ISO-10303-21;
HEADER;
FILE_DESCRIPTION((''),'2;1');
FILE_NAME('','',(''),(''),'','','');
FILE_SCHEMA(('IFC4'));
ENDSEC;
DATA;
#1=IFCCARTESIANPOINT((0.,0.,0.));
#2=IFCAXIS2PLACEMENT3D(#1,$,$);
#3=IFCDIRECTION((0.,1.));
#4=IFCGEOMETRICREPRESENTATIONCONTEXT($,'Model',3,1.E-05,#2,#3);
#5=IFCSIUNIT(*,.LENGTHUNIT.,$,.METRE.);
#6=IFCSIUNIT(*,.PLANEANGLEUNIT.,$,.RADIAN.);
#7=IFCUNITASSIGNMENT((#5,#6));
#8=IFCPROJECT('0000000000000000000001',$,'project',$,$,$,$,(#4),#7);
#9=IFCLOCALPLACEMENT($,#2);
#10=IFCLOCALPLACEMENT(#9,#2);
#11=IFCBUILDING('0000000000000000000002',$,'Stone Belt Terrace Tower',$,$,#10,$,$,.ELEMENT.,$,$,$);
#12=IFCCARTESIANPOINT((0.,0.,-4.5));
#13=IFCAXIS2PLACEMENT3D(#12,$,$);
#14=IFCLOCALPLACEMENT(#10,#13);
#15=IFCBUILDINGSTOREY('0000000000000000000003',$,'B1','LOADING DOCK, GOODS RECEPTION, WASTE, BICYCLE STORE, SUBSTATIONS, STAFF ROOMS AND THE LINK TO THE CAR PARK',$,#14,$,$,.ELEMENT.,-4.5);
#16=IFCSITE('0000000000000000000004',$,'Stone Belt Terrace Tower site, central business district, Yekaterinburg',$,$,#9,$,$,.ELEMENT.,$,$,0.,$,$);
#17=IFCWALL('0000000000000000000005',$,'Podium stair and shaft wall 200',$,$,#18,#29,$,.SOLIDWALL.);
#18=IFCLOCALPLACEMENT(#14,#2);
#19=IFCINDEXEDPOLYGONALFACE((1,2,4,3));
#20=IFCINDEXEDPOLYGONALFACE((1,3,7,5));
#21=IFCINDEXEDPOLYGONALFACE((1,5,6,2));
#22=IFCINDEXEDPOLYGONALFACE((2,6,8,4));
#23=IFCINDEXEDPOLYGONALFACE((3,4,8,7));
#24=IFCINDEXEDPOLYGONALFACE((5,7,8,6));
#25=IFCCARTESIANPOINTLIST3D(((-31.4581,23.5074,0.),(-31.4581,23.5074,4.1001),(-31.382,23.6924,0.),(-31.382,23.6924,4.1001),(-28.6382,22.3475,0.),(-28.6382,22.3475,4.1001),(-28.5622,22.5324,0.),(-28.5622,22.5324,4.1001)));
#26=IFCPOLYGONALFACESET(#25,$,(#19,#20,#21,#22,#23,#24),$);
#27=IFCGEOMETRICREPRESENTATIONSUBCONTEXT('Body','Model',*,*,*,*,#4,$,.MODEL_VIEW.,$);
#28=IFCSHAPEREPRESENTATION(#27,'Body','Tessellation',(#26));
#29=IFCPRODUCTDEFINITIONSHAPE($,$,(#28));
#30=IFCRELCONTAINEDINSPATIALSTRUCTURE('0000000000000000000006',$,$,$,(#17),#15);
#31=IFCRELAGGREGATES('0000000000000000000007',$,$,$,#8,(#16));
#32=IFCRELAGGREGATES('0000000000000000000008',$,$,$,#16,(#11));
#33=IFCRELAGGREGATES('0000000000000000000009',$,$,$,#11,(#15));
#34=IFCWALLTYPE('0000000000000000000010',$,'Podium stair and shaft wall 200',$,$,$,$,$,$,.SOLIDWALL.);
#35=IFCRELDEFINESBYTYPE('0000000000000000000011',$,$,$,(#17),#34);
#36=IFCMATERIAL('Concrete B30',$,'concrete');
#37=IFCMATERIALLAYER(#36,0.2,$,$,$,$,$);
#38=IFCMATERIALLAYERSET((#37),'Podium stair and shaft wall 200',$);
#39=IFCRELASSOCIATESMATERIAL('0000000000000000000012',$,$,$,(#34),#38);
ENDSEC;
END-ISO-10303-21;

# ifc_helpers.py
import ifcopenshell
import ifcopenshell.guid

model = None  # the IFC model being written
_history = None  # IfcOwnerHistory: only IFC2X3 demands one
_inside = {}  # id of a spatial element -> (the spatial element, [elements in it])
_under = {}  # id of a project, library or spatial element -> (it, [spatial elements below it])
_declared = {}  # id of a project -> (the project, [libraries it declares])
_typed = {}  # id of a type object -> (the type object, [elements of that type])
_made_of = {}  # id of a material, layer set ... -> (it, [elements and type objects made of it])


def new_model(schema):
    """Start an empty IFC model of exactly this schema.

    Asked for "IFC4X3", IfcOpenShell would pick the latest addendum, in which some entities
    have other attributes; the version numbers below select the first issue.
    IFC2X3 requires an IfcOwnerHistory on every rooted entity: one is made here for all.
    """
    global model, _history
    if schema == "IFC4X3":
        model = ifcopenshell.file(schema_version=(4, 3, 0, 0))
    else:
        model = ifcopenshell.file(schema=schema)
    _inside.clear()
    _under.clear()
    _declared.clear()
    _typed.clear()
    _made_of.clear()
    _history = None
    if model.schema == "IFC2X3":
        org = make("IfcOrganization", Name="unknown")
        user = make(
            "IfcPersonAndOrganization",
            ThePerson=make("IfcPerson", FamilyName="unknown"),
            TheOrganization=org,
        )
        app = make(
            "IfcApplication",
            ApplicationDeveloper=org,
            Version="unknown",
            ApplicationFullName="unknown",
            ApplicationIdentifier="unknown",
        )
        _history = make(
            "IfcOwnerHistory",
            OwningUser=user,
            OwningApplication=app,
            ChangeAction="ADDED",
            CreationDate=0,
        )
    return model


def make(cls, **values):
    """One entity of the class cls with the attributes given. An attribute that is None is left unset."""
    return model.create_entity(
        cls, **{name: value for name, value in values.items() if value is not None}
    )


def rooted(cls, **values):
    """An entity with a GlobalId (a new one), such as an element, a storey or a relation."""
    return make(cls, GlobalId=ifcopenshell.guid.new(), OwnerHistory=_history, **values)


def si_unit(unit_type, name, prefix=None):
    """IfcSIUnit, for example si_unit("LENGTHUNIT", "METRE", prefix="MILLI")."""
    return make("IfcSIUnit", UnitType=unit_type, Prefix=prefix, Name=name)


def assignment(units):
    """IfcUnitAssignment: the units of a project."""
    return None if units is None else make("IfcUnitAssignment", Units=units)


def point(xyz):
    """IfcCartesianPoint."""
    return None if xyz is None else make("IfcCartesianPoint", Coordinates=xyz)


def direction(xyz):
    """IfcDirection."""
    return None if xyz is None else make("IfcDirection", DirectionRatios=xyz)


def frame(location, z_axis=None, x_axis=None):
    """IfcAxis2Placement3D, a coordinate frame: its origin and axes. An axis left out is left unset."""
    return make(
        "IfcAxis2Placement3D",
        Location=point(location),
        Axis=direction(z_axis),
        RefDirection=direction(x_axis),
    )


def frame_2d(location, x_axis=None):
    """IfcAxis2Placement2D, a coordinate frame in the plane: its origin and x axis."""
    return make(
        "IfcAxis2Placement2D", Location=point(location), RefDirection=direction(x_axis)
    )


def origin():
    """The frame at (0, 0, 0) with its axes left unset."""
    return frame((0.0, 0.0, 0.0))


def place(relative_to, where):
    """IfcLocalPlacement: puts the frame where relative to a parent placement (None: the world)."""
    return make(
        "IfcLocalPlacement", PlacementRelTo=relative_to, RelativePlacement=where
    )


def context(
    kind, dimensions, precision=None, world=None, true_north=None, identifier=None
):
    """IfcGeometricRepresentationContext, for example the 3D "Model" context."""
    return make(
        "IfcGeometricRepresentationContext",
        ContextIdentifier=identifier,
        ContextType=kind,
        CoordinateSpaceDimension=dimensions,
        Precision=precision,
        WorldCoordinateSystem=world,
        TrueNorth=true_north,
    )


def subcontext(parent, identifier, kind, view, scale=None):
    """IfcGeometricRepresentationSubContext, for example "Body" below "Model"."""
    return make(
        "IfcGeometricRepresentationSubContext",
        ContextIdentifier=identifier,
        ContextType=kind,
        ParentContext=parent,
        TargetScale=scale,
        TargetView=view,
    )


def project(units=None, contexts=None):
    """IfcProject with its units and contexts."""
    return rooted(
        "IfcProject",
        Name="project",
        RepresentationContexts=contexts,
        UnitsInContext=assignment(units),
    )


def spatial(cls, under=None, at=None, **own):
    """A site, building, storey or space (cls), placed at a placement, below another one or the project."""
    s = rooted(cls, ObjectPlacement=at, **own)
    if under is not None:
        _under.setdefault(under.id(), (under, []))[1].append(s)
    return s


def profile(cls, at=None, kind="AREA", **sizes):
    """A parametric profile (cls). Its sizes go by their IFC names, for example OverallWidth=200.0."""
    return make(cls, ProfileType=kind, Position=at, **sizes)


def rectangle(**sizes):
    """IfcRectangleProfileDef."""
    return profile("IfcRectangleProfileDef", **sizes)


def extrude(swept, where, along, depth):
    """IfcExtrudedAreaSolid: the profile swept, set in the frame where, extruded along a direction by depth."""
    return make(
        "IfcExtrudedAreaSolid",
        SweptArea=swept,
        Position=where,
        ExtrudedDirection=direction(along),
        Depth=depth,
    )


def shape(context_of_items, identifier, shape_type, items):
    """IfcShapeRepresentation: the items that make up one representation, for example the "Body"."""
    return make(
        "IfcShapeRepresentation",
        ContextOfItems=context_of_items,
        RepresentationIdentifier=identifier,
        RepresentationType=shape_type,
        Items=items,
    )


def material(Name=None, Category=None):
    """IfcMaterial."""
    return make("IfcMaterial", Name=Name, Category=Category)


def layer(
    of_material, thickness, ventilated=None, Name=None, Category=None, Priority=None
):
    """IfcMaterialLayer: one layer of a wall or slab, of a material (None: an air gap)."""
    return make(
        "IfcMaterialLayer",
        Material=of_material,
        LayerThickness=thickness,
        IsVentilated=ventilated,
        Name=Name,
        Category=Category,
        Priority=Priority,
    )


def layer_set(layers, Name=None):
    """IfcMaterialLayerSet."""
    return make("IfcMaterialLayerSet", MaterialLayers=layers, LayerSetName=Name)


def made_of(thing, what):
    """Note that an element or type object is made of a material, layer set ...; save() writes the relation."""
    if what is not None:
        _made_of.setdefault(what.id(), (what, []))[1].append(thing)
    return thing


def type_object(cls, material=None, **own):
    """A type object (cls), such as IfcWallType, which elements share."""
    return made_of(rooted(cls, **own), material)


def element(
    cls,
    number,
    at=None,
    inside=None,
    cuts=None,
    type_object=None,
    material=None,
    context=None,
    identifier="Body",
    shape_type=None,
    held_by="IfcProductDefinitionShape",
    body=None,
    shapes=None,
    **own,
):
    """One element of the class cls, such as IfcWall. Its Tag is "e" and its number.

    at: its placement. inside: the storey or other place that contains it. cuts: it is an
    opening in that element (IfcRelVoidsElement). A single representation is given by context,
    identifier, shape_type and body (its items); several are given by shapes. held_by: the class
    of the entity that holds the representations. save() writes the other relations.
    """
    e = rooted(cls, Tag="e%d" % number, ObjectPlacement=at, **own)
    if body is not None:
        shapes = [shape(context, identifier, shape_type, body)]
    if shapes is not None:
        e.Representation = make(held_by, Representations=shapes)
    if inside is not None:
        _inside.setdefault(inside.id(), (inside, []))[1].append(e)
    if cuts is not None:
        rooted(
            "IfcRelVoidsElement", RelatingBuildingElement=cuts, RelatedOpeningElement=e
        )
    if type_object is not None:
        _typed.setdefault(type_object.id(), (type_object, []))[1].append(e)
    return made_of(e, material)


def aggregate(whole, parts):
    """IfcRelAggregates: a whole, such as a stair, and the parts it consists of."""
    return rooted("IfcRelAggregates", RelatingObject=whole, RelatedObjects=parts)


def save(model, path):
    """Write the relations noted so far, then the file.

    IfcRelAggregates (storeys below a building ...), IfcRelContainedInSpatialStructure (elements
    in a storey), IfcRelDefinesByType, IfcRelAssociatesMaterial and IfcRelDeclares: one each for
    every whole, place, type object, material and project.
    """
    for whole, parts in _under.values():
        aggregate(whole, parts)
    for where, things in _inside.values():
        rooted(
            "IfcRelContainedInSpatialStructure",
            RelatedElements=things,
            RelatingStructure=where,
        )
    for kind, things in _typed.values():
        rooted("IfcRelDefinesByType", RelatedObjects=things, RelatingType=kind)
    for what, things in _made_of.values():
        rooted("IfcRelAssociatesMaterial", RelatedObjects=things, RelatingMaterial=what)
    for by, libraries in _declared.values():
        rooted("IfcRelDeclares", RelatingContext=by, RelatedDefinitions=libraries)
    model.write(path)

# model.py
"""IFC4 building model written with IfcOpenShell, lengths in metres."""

from ifc_helpers import new_model, si_unit, direction, frame, frame_2d, origin, place, context, subcontext, project, spatial, rectangle, extrude, material, layer, layer_set, type_object, element, save


model = new_model("IFC4")

# Units and contexts
model_context = context("Model", 3, precision=1e-05, world=origin(), true_north=direction((0.0, 1.0)))
body_context = subcontext(model_context, "Body", "Model", "MODEL_VIEW")
ifc_project = project(units=[si_unit("LENGTHUNIT", "METRE"), si_unit("PLANEANGLEUNIT", "RADIAN")], contexts=[model_context])

# Site, building, storey
site_placement = place(None, origin())
site = spatial("IfcSite", under=ifc_project, at=site_placement, Name="Stone Belt Terrace Tower site, central business district, Yekaterinburg", CompositionType="ELEMENT", RefElevation=0.0)
building_placement = place(site_placement, origin())
building = spatial("IfcBuilding", under=site, at=building_placement, Name="Stone Belt Terrace Tower", CompositionType="ELEMENT")
storey_placement = place(building_placement, frame((0.0, 0.0, -4.5)))
storey = spatial("IfcBuildingStorey", under=building, at=storey_placement, Name="B1", Description="LOADING DOCK, GOODS RECEPTION, WASTE, BICYCLE STORE, SUBSTATIONS, STAFF ROOMS AND THE LINK TO THE CAR PARK", CompositionType="ELEMENT", Elevation=-4.5)

# Shared definitions
ifc_material_1 = material(Name="Concrete B30", Category="concrete")

# Wall
ifc_layer_1 = layer(ifc_material_1, 0.2)
ifc_layer_set_1 = layer_set([ifc_layer_1], Name="Podium stair and shaft wall 200")
wall_type_1 = type_object("IfcWallType", Name="Podium stair and shaft wall 200", PredefinedType="SOLIDWALL", material=ifc_layer_set_1)
wall_1_placement = place(storey_placement, frame((-31.4199, 23.5999, 0.0), z_axis=(0.0, 0.0, 1.0), x_axis=(0.924816, -0.380416, 0.0)))
element("IfcWall", 1, at=wall_1_placement, inside=storey, type_object=wall_type_1, Name="Podium stair and shaft wall 200", PredefinedType="SOLIDWALL", context=body_context, shape_type="SweptSolid", body=[
    extrude(rectangle(XDim=3.0491, YDim=0.2, at=frame_2d((1.5244, 0.0))), origin(), (0.0, 0.0, 1.0), 4.1001),
])

save(model, "model.ifc")
